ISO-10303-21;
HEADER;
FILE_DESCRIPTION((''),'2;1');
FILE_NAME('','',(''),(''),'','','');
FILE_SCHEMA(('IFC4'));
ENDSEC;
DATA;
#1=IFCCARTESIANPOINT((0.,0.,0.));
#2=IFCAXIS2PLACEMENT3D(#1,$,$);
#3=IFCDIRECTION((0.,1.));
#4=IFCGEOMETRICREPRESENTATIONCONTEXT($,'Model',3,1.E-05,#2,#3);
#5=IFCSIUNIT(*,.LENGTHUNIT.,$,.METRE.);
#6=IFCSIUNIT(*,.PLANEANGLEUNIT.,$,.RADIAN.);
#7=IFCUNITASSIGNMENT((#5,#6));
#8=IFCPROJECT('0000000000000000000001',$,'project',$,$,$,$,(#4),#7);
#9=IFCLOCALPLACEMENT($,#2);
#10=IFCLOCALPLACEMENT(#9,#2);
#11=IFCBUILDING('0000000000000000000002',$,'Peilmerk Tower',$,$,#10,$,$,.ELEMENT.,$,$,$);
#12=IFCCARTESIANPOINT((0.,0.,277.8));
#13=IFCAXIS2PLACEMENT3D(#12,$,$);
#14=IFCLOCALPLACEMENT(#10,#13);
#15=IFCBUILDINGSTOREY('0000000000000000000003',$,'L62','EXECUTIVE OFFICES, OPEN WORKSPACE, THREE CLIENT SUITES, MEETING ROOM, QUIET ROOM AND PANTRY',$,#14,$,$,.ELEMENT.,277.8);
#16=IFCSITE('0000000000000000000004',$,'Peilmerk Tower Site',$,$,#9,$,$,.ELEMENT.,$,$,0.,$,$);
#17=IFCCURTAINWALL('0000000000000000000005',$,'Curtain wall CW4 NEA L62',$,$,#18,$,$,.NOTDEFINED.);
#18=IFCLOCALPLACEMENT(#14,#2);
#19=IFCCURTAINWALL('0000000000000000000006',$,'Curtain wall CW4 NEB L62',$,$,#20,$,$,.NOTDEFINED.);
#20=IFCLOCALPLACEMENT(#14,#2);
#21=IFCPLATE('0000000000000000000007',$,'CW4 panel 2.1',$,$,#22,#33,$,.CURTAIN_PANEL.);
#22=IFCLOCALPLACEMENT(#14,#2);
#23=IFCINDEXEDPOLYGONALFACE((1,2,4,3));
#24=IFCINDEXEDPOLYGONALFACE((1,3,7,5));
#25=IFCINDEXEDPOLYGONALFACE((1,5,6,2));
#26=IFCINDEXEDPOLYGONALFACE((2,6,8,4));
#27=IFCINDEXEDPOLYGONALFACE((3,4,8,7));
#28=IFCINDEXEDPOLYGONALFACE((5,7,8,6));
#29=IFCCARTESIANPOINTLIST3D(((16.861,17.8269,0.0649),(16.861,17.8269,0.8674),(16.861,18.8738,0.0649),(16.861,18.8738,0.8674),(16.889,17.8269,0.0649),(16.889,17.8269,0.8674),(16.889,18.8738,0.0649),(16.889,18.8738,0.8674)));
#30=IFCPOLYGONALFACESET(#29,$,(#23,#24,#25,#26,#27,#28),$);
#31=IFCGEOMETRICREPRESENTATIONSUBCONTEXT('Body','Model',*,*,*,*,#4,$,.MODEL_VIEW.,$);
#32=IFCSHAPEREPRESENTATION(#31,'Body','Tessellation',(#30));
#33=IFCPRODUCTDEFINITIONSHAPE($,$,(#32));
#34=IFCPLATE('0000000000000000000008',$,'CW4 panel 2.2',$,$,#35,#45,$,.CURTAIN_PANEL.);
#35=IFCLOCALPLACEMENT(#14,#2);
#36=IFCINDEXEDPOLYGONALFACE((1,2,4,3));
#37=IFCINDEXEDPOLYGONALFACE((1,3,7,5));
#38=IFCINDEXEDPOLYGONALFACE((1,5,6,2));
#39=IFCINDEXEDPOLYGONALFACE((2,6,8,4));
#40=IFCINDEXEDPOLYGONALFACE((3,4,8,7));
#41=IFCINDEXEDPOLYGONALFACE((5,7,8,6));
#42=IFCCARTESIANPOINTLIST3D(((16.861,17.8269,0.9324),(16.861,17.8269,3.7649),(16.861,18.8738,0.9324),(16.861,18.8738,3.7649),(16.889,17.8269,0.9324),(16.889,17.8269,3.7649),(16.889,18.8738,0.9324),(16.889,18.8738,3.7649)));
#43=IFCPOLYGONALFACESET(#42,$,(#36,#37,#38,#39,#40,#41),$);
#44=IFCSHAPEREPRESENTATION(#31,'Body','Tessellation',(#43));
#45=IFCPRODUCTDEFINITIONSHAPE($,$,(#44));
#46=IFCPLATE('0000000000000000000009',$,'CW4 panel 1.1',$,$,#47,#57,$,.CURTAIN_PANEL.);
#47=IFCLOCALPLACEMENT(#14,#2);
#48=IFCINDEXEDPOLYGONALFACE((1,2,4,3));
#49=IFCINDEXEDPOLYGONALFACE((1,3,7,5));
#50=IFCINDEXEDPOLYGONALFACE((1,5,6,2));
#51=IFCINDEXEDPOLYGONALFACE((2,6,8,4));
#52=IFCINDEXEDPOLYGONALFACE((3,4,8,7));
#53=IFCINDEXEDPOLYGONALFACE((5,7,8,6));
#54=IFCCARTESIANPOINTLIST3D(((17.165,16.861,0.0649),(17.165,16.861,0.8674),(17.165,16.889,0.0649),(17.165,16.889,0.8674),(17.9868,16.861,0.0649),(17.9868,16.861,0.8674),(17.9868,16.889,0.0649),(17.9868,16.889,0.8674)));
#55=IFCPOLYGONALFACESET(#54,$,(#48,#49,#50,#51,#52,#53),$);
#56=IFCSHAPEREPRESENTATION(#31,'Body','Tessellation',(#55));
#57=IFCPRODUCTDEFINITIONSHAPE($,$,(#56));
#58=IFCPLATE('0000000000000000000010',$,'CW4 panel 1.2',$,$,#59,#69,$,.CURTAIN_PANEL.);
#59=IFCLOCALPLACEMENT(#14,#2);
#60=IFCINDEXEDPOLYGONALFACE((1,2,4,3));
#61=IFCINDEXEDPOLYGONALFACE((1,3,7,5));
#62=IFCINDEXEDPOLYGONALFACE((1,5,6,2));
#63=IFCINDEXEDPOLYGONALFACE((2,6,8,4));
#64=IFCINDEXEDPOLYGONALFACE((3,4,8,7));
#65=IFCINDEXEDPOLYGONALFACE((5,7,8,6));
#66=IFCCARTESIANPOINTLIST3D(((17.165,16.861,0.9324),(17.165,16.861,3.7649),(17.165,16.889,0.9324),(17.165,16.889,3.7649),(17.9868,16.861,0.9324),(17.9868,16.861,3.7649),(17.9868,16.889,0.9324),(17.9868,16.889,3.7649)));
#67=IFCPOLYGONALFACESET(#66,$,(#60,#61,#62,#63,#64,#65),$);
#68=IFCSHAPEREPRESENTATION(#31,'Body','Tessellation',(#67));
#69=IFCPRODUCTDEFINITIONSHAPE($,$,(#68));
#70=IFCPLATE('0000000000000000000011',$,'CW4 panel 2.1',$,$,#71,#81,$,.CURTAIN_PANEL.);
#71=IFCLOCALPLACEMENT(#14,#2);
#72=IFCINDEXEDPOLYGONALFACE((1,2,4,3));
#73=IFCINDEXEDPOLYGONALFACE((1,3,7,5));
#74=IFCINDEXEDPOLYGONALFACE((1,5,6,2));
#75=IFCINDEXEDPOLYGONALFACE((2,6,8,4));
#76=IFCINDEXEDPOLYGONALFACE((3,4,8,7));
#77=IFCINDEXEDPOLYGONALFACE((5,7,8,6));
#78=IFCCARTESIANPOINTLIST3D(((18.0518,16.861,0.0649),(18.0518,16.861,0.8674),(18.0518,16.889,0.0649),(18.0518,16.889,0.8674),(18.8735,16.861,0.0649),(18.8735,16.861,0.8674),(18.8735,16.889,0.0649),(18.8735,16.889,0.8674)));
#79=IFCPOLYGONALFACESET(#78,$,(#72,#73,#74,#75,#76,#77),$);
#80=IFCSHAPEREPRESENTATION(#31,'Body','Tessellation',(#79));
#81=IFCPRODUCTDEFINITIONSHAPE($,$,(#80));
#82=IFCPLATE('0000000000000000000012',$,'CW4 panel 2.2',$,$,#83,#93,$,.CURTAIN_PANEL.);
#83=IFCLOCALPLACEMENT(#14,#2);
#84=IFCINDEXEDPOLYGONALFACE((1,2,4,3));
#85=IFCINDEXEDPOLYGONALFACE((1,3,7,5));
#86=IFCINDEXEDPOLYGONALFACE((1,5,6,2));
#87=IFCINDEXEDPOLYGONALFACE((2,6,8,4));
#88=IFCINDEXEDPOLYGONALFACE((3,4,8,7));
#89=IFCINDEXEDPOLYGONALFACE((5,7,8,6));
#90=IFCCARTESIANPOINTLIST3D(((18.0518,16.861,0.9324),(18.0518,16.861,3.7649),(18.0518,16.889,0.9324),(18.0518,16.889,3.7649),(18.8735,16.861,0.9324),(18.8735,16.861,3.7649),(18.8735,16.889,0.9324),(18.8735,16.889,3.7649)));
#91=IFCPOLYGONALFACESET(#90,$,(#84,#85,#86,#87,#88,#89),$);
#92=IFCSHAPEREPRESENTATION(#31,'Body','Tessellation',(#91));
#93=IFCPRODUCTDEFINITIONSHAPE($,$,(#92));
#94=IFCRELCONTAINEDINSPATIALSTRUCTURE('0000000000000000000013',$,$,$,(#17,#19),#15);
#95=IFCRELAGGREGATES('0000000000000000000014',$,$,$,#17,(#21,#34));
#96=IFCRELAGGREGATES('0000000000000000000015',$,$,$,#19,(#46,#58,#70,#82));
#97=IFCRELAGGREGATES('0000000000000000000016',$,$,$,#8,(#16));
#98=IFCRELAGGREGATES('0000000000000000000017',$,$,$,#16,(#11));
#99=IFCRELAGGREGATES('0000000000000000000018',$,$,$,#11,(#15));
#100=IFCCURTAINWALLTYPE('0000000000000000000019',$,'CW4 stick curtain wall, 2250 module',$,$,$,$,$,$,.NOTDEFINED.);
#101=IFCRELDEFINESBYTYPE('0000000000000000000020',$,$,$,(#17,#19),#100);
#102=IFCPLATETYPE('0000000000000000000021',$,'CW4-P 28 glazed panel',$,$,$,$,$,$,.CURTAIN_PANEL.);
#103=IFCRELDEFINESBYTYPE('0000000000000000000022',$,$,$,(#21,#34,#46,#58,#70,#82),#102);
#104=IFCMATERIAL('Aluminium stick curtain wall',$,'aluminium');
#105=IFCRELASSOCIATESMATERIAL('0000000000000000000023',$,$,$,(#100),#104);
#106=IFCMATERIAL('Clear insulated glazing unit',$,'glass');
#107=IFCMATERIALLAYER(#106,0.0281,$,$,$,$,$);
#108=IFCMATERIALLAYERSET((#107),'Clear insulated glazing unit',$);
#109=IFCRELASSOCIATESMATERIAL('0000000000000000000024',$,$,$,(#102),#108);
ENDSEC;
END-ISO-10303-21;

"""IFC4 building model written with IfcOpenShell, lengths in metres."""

from ifc_helpers import new_model, si_unit, direction, frame, origin, origin_2d, place, context, subcontext, project, spatial, rectangle, extrude, material, layer, layer_set, type_object, element, aggregate, save


model = new_model("IFC4")

# Units and contexts
model_context = context("Model", 3, precision=1e-05, world=origin(), true_north=direction((0.0, 1.0)))
body_context = subcontext(model_context, "Body", "Model", "MODEL_VIEW")
ifc_project = project(units=[si_unit("LENGTHUNIT", "METRE"), si_unit("PLANEANGLEUNIT", "RADIAN")], contexts=[model_context])

# Site, building, storey
site_placement = place(None, origin())
site = spatial("IfcSite", under=ifc_project, at=site_placement, Name="Peilmerk Tower Site", CompositionType="ELEMENT", RefElevation=0.0)
building_placement = place(site_placement, origin())
building = spatial("IfcBuilding", under=site, at=building_placement, Name="Peilmerk Tower", CompositionType="ELEMENT")
storey_placement = place(building_placement, frame((0.0, 0.0, 277.8)))
storey = spatial("IfcBuildingStorey", under=building, at=storey_placement, Name="L62", Description="EXECUTIVE OFFICES, OPEN WORKSPACE, THREE CLIENT SUITES, MEETING ROOM, QUIET ROOM AND PANTRY", CompositionType="ELEMENT", Elevation=277.8)

# Curtain wall
ifc_material_1 = material(Name="Aluminium stick curtain wall", Category="aluminium")
curtain_wall_type = type_object("IfcCurtainWallType", Name="CW4 stick curtain wall, 2250 module", PredefinedType="NOTDEFINED", material=ifc_material_1)
curtain_wall_1_placement = place(storey_placement, origin())
curtain_wall_1 = element("IfcCurtainWall", 1, at=curtain_wall_1_placement, inside=storey, type_object=curtain_wall_type, Name="Curtain wall CW4 NEA L62", PredefinedType="NOTDEFINED")

# Curtain wall
curtain_wall_2_placement = place(storey_placement, origin())
curtain_wall_2 = element("IfcCurtainWall", 2, at=curtain_wall_2_placement, inside=storey, type_object=curtain_wall_type, Name="Curtain wall CW4 NEB L62", PredefinedType="NOTDEFINED")

# Plates
ifc_material_2 = material(Name="Clear insulated glazing unit", Category="glass")
ifc_layer_1 = layer(ifc_material_2, 0.0281)
ifc_layer_set_1 = layer_set([ifc_layer_1], Name="Clear insulated glazing unit")
plate_type = type_object("IfcPlateType", Name="CW4-P 28 glazed panel", PredefinedType="CURTAIN_PANEL", material=ifc_layer_set_1)
plate_1_placement = place(storey_placement, frame((16.875, 18.3503, 0.0649), z_axis=(0.0, 0.0, 1.0), x_axis=(0.0, 1.0, 0.0)))
plate_1 = element("IfcPlate", 3, at=plate_1_placement, type_object=plate_type, Name="CW4 panel 2.1", PredefinedType="CURTAIN_PANEL", context=body_context, shape_type="SweptSolid", body=[
    extrude(rectangle(XDim=1.0469, YDim=0.0281, at=origin_2d()), origin(), (0.0, 0.0, 1.0), 0.8025),
])
plate_2_placement = place(storey_placement, frame((16.875, 18.3503, 0.9324), z_axis=(0.0, 0.0, 1.0), x_axis=(0.0, 1.0, 0.0)))
plate_2 = element("IfcPlate", 4, at=plate_2_placement, type_object=plate_type, Name="CW4 panel 2.2", PredefinedType="CURTAIN_PANEL", context=body_context, shape_type="SweptSolid", body=[
    extrude(rectangle(XDim=1.0469, YDim=0.0281, at=origin_2d()), origin(), (0.0, 0.0, 1.0), 2.8325),
])
aggregate(curtain_wall_1, [plate_1, plate_2])
plate_3_placement = place(storey_placement, frame((17.5759, 16.875, 0.0649), z_axis=(0.0, 0.0, 1.0), x_axis=(1.0, 0.0, 0.0)))
plate_3 = element("IfcPlate", 5, at=plate_3_placement, type_object=plate_type, Name="CW4 panel 1.1", PredefinedType="CURTAIN_PANEL", context=body_context, shape_type="SweptSolid", body=[
    extrude(rectangle(XDim=0.8218, YDim=0.0281, at=origin_2d()), origin(), (0.0, 0.0, 1.0), 0.8025),
])
plate_4_placement = place(storey_placement, frame((17.5759, 16.875, 0.9324), z_axis=(0.0, 0.0, 1.0), x_axis=(1.0, 0.0, 0.0)))
plate_4 = element("IfcPlate", 6, at=plate_4_placement, type_object=plate_type, Name="CW4 panel 1.2", PredefinedType="CURTAIN_PANEL", context=body_context, shape_type="SweptSolid", body=[
    extrude(rectangle(XDim=0.8218, YDim=0.0281, at=origin_2d()), origin(), (0.0, 0.0, 1.0), 2.8325),
])
plate_5_placement = place(storey_placement, frame((18.4626, 16.875, 0.0649), z_axis=(0.0, 0.0, 1.0), x_axis=(1.0, 0.0, 0.0)))
plate_5 = element("IfcPlate", 7, at=plate_5_placement, type_object=plate_type, Name="CW4 panel 2.1", PredefinedType="CURTAIN_PANEL", context=body_context, shape_type="SweptSolid", body=[
    extrude(rectangle(XDim=0.8218, YDim=0.0281, at=origin_2d()), origin(), (0.0, 0.0, 1.0), 0.8025),
])
plate_6_placement = place(storey_placement, frame((18.4626, 16.875, 0.9324), z_axis=(0.0, 0.0, 1.0), x_axis=(1.0, 0.0, 0.0)))
plate_6 = element("IfcPlate", 8, at=plate_6_placement, type_object=plate_type, Name="CW4 panel 2.2", PredefinedType="CURTAIN_PANEL", context=body_context, shape_type="SweptSolid", body=[
    extrude(rectangle(XDim=0.8218, YDim=0.0281, at=origin_2d()), origin(), (0.0, 0.0, 1.0), 2.8325),
])
aggregate(curtain_wall_2, [plate_3, plate_4, plate_5, plate_6])

save(model, "model.ifc")
